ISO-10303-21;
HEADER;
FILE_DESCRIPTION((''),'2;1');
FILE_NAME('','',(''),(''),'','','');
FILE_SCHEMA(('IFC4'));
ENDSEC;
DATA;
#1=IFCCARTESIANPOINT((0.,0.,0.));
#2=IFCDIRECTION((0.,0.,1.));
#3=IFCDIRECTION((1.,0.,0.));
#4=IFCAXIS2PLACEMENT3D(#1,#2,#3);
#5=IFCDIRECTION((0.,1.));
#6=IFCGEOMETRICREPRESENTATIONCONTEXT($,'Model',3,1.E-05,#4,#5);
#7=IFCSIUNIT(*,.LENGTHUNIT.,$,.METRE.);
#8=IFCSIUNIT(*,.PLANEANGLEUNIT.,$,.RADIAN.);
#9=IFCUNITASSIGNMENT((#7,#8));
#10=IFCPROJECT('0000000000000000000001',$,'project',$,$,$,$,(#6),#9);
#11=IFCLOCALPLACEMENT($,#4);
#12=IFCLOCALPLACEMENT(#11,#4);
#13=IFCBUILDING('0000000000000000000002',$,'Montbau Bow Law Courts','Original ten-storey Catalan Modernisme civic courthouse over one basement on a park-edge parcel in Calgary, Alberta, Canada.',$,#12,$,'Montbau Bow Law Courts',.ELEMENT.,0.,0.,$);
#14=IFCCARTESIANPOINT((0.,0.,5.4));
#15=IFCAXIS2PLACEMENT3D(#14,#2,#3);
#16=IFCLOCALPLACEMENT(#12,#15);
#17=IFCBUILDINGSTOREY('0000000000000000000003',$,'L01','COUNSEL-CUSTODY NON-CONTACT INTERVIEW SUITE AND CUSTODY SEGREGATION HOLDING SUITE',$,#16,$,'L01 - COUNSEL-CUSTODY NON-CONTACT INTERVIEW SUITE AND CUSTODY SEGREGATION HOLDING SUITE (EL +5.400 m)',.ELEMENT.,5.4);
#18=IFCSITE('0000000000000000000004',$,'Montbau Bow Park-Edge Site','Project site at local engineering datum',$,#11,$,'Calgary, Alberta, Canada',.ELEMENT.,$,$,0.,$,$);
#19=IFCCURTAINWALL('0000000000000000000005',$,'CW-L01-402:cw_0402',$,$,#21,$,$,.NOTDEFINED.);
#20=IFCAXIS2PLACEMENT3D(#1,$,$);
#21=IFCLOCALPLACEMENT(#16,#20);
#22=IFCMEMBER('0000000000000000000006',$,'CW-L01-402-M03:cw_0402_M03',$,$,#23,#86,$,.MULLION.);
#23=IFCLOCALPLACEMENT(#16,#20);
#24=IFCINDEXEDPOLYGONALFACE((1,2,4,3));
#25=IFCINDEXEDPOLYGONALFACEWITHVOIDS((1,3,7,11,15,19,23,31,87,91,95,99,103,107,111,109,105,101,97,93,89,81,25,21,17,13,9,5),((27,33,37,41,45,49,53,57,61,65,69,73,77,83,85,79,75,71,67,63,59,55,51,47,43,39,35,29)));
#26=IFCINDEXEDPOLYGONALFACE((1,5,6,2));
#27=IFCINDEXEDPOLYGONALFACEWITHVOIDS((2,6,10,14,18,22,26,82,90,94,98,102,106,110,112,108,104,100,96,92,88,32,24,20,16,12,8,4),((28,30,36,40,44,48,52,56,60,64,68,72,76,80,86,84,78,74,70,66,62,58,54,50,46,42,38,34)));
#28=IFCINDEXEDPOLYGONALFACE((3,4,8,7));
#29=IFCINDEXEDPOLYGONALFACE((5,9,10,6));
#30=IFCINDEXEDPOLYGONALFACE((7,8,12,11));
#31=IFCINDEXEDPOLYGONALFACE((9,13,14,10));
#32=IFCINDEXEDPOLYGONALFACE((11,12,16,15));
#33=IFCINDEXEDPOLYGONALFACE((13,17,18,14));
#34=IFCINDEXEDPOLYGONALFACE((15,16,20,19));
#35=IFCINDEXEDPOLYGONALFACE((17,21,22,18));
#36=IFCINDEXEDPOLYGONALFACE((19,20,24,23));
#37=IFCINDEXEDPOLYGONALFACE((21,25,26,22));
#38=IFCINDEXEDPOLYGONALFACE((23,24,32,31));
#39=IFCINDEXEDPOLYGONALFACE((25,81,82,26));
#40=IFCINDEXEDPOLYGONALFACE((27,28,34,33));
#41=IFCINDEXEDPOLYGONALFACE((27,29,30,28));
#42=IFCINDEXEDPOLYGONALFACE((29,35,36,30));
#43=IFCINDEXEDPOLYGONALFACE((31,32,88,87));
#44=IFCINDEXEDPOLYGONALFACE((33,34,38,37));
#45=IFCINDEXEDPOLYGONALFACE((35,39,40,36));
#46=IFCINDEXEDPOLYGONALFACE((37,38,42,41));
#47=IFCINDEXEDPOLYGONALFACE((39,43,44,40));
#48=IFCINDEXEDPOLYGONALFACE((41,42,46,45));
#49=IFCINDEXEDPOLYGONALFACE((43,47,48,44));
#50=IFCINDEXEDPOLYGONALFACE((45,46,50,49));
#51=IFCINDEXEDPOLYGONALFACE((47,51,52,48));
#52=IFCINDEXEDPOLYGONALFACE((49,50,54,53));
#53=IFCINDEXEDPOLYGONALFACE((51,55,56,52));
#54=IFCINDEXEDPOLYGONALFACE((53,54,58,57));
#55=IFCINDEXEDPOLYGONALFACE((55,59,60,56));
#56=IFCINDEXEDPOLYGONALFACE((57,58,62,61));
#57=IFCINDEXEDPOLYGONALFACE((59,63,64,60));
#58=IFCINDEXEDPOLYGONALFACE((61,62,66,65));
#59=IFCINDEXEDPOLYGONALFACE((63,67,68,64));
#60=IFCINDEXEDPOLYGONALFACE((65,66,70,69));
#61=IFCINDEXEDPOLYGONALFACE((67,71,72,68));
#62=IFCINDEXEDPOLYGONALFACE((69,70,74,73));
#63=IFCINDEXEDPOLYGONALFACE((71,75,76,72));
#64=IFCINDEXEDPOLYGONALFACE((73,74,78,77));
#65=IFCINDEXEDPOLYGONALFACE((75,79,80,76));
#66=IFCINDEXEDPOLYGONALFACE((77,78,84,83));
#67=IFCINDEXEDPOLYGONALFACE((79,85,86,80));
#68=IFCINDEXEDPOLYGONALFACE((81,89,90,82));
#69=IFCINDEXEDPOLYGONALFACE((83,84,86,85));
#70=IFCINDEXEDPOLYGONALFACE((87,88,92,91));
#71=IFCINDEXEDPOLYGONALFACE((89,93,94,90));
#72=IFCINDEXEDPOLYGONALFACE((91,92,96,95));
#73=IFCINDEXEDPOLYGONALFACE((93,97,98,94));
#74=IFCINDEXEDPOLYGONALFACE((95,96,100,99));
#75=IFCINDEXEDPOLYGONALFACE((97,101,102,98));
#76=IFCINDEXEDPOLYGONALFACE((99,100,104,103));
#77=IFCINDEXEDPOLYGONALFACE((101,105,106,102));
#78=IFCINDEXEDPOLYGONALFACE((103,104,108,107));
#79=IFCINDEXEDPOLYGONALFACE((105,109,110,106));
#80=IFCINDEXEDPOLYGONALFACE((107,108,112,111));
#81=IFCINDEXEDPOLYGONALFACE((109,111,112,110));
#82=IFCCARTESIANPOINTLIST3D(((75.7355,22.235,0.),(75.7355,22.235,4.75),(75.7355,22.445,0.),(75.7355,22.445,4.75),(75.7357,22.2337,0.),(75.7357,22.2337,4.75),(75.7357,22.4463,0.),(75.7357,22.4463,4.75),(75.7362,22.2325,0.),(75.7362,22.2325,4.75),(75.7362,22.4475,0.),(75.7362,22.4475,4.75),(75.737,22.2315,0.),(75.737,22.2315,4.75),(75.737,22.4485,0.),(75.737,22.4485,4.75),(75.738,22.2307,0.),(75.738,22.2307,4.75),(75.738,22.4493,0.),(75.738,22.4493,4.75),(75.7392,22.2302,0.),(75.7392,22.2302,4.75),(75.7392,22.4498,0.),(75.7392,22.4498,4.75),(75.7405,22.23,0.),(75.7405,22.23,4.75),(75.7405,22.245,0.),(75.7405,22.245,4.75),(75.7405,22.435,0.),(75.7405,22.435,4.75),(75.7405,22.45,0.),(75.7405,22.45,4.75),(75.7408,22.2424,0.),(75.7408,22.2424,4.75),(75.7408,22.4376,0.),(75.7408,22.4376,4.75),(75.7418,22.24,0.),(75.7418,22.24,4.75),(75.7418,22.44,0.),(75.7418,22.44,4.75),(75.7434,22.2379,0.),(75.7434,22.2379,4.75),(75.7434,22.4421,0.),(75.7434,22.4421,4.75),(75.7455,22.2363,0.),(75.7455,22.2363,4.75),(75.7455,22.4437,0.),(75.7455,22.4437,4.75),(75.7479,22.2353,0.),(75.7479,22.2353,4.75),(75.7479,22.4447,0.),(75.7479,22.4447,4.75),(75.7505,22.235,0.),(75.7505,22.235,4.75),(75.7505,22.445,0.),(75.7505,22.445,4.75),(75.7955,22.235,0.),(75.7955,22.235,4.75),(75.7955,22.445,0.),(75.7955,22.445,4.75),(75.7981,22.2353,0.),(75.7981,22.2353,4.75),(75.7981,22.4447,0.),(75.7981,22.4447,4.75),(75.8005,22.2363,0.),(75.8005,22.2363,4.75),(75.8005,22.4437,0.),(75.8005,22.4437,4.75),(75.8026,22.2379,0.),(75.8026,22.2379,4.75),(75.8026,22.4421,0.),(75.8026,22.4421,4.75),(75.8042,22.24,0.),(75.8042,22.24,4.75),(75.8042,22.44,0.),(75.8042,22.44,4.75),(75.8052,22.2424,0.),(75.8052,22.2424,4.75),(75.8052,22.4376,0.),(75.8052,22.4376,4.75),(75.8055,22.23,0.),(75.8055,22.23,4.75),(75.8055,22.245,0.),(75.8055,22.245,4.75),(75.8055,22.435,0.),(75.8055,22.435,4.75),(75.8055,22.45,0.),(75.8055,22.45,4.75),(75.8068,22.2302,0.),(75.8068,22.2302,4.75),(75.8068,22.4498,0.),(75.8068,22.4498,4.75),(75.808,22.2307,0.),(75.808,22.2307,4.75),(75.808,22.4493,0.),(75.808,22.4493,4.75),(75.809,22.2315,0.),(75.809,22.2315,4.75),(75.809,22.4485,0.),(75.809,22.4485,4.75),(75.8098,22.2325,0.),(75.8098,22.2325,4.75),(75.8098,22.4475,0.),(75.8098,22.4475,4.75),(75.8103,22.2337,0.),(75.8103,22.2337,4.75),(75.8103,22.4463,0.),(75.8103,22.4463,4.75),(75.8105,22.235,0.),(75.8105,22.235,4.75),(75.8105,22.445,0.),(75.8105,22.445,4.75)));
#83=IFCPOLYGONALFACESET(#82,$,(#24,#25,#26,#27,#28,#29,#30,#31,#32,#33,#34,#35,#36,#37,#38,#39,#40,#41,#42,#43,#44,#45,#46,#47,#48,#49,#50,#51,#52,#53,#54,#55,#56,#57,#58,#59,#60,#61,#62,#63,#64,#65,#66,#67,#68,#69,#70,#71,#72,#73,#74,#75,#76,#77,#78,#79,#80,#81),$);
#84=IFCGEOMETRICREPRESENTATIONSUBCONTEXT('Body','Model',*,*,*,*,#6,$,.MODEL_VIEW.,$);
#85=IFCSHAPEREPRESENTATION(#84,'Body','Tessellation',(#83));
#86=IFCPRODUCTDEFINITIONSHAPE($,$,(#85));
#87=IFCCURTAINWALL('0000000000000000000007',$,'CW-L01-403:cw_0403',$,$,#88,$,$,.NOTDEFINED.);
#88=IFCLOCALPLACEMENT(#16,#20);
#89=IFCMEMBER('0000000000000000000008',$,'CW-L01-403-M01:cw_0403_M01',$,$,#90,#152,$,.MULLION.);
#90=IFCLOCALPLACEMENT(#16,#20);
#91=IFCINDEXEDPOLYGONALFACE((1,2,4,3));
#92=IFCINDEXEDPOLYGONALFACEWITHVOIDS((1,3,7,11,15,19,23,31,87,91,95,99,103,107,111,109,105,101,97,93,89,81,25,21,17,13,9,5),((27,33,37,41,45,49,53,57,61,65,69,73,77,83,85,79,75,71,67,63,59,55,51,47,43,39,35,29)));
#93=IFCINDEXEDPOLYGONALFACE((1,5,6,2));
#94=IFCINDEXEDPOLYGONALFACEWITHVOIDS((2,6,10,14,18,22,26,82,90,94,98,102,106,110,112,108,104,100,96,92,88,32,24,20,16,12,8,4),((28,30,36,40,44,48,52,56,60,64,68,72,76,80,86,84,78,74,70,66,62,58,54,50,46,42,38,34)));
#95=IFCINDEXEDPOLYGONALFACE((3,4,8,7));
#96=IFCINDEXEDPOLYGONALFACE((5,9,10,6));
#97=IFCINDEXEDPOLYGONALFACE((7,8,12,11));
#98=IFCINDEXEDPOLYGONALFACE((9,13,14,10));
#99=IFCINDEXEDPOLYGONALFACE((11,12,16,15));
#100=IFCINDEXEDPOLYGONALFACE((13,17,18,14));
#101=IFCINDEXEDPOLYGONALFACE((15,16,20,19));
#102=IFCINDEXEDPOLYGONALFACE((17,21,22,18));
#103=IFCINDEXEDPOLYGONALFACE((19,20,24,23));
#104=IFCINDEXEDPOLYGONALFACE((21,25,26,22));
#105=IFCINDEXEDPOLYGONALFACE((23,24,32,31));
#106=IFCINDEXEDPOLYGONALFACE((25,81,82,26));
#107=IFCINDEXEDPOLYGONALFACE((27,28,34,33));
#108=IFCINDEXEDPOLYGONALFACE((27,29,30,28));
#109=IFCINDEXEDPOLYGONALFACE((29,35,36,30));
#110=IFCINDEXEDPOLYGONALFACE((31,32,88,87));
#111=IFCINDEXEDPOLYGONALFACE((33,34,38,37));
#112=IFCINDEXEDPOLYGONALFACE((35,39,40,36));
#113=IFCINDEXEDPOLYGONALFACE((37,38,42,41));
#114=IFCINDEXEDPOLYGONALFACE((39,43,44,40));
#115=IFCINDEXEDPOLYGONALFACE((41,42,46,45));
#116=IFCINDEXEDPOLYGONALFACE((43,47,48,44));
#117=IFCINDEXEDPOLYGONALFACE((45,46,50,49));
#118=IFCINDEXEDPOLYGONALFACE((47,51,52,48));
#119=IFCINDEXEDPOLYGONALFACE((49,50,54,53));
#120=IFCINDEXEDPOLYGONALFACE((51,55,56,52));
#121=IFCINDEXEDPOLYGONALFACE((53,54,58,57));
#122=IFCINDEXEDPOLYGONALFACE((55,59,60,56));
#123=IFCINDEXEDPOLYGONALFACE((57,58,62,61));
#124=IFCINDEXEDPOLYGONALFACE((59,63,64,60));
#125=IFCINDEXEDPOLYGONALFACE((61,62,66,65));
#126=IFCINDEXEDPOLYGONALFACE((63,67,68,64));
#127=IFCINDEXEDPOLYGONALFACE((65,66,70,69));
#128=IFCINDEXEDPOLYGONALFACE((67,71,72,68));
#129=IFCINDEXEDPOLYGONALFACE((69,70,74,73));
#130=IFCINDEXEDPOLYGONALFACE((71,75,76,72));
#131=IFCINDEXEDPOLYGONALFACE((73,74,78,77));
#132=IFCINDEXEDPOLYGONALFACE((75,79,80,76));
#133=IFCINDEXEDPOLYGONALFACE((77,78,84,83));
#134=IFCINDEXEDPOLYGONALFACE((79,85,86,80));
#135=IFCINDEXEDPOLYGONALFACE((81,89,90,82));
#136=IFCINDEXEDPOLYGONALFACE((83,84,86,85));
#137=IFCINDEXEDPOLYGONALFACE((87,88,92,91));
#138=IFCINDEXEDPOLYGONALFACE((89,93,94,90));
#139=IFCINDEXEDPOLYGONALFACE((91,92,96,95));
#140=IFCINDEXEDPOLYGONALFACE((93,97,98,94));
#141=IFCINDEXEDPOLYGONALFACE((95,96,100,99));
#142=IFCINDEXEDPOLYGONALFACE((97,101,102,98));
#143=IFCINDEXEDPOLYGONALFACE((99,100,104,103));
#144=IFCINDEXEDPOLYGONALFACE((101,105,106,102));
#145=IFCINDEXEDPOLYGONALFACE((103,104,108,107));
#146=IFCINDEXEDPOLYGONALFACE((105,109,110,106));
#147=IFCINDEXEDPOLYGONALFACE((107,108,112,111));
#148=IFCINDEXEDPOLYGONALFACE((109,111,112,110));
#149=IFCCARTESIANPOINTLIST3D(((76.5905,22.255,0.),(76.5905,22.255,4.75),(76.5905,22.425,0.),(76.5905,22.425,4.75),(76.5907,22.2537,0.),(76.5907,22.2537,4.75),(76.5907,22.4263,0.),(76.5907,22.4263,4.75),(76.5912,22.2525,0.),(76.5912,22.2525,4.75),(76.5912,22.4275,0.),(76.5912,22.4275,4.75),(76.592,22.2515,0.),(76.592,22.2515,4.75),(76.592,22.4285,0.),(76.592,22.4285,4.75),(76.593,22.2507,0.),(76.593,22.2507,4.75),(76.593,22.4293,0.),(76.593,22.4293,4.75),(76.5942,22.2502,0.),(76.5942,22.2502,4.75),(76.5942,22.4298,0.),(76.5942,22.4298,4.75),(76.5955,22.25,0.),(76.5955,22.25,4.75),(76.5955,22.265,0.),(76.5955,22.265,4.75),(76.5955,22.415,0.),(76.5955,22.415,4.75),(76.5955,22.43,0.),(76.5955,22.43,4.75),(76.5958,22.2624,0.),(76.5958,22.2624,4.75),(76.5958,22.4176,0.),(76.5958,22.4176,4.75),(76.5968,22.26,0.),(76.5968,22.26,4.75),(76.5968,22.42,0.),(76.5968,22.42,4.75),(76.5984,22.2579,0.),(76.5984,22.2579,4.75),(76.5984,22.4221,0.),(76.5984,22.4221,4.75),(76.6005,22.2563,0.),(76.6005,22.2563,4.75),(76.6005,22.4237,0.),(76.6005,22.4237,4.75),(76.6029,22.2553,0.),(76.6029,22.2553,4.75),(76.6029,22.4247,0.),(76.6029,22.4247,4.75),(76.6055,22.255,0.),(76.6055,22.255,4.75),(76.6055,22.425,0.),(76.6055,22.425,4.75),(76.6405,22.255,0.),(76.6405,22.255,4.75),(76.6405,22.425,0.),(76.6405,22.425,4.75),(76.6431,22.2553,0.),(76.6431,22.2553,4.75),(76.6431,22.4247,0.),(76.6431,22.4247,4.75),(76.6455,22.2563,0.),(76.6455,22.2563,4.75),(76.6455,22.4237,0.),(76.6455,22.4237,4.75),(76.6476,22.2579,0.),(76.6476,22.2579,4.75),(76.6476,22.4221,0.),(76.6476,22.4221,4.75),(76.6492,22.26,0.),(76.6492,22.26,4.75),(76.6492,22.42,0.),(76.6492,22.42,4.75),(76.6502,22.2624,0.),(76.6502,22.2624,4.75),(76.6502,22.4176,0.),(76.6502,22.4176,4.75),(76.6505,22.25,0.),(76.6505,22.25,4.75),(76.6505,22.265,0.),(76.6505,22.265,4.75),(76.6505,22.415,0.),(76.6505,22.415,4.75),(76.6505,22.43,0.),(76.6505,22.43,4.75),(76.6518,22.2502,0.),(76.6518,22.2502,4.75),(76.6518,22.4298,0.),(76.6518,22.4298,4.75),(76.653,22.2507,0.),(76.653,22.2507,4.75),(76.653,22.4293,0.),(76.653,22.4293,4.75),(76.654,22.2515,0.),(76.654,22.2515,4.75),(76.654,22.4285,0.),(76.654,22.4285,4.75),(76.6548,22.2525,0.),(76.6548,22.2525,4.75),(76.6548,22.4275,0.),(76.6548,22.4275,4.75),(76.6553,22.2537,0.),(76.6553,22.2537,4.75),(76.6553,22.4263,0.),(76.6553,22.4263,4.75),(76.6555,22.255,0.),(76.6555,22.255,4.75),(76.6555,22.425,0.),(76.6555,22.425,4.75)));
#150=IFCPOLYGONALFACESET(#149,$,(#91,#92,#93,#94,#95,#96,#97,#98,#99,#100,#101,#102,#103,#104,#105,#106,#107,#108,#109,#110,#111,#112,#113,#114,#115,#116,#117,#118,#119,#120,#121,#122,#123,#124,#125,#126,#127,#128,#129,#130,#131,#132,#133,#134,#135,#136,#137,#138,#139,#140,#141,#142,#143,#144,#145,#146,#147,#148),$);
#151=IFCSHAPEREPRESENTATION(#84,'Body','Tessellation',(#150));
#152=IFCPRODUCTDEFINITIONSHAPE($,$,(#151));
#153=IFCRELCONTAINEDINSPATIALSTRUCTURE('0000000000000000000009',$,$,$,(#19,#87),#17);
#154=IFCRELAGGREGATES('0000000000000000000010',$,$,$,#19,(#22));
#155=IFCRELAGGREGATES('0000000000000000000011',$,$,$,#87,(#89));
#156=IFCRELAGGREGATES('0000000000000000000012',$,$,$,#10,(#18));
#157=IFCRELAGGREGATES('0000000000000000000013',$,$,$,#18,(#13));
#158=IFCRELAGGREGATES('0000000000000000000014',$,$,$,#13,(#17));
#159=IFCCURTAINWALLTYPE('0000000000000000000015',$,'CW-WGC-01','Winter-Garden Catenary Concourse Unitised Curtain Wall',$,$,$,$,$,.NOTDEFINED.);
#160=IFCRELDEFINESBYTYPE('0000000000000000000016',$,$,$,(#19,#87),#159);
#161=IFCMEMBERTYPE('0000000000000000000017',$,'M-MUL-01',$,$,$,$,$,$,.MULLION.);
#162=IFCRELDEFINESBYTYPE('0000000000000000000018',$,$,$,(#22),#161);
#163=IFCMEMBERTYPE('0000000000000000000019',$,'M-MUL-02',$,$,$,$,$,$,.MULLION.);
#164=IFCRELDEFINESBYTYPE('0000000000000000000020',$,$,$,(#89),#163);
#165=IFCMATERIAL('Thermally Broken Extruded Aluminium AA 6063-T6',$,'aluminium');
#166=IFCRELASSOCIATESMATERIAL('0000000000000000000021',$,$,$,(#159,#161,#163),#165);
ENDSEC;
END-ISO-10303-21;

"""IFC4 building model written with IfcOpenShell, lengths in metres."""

from ifc_helpers import new_model, si_unit, direction, frame, origin_with_axes, origin_2d_with_axis, place, context, subcontext, project, spatial, hollow_rectangle, extrude, material, material_profile, profile_set, type_object, element, aggregate, save


model = new_model("IFC4")

# Units and contexts
model_context = context("Model", 3, precision=1e-05, world=origin_with_axes(), true_north=direction((0.0, 1.0)))
body_context = subcontext(model_context, "Body", "Model", "MODEL_VIEW")
ifc_project = project(units=[si_unit("LENGTHUNIT", "METRE"), si_unit("PLANEANGLEUNIT", "RADIAN")], contexts=[model_context])

# Site, building, storey
site_placement = place(None, origin_with_axes())
site = spatial("IfcSite", under=ifc_project, at=site_placement, Name="Montbau Bow Park-Edge Site", Description="Project site at local engineering datum", LongName="Calgary, Alberta, Canada", CompositionType="ELEMENT", RefElevation=0.0)
building_placement = place(site_placement, origin_with_axes())
building = spatial("IfcBuilding", under=site, at=building_placement, Name="Montbau Bow Law Courts", Description="Original ten-storey Catalan Modernisme civic courthouse over one basement on a park-edge parcel in Calgary, Alberta, Canada.", LongName="Montbau Bow Law Courts", CompositionType="ELEMENT", ElevationOfRefHeight=0.0, ElevationOfTerrain=0.0)
storey_placement = place(building_placement, frame((0.0, 0.0, 5.4), z_axis=(0.0, 0.0, 1.0), x_axis=(1.0, 0.0, 0.0)))
storey = spatial("IfcBuildingStorey", under=building, at=storey_placement, Name="L01", Description="COUNSEL-CUSTODY NON-CONTACT INTERVIEW SUITE AND CUSTODY SEGREGATION HOLDING SUITE", LongName="L01 - COUNSEL-CUSTODY NON-CONTACT INTERVIEW SUITE AND CUSTODY SEGREGATION HOLDING SUITE (EL +5.400 m)", CompositionType="ELEMENT", Elevation=5.4)

# Curtain wall, member
ifc_material_1 = material(Name="Thermally Broken Extruded Aluminium AA 6063-T6", Category="aluminium")
curtain_wall_type = type_object("IfcCurtainWallType", Name="CW-WGC-01", Description="Winter-Garden Catenary Concourse Unitised Curtain Wall", PredefinedType="NOTDEFINED", material=ifc_material_1)
curtain_wall_1_placement = place(None, frame((72.515, 22.34, 5.4), z_axis=(0.0, 0.0, 1.0), x_axis=(1.0, 0.0, 0.0)))
curtain_wall_1 = element("IfcCurtainWall", 1, at=curtain_wall_1_placement, inside=storey, type_object=curtain_wall_type, Name="CW-L01-402:cw_0402", PredefinedType="NOTDEFINED")
ifc_material_profile_1 = material_profile(ifc_material_1, hollow_rectangle(XDim=0.075, YDim=0.22, WallThickness=0.005, InnerFilletRadius=0.01, OuterFilletRadius=0.005, at=origin_2d_with_axis()), Name="CWM-220X75", Category="Main", Priority=0)
ifc_profile_set_1 = profile_set([ifc_material_profile_1], Name="Thermally Broken Extruded Aluminium AA 6063-T6")
member_type_1 = type_object("IfcMemberType", Name="M-MUL-01", PredefinedType="MULLION", material=ifc_profile_set_1)
member_1_placement = place(None, frame((75.773, 22.34, 5.4), z_axis=(0.0, 0.0, 1.0), x_axis=(1.0, 0.0, 0.0)))
member_1 = element("IfcMember", 2, at=member_1_placement, type_object=member_type_1, Name="CW-L01-402-M03:cw_0402_M03", PredefinedType="MULLION", context=body_context, shape_type="SweptSolid", body=[
    extrude(hollow_rectangle(XDim=0.075, YDim=0.22, WallThickness=0.005, InnerFilletRadius=0.01, OuterFilletRadius=0.005, at=origin_2d_with_axis()), origin_with_axes(), (0.0, 0.0, 1.0), 4.75),
])

# Curtain wall, member
curtain_wall_2_placement = place(None, frame((76.59, 22.34, 5.4), z_axis=(0.0, 0.0, 1.0), x_axis=(1.0, 0.0, 0.0)))
curtain_wall_2 = element("IfcCurtainWall", 3, at=curtain_wall_2_placement, inside=storey, type_object=curtain_wall_type, Name="CW-L01-403:cw_0403", PredefinedType="NOTDEFINED")
ifc_material_profile_2 = material_profile(ifc_material_1, hollow_rectangle(XDim=0.065, YDim=0.18, WallThickness=0.005, InnerFilletRadius=0.01, OuterFilletRadius=0.005, at=origin_2d_with_axis()), Name="CWM-180X65", Category="Main", Priority=0)
ifc_profile_set_2 = profile_set([ifc_material_profile_2], Name="Thermally Broken Extruded Aluminium AA 6063-T6")
member_type_2 = type_object("IfcMemberType", Name="M-MUL-02", PredefinedType="MULLION", material=ifc_profile_set_2)
member_2_placement = place(None, frame((76.623, 22.34, 5.4), z_axis=(0.0, 0.0, 1.0), x_axis=(1.0, 0.0, 0.0)))
member_2 = element("IfcMember", 4, at=member_2_placement, type_object=member_type_2, Name="CW-L01-403-M01:cw_0403_M01", PredefinedType="MULLION", context=body_context, shape_type="SweptSolid", body=[
    extrude(hollow_rectangle(XDim=0.065, YDim=0.18, WallThickness=0.005, InnerFilletRadius=0.01, OuterFilletRadius=0.005, at=origin_2d_with_axis()), origin_with_axes(), (0.0, 0.0, 1.0), 4.75),
])

aggregate(curtain_wall_1, [member_1])
aggregate(curtain_wall_2, [member_2])

save(model, "model.ifc")
